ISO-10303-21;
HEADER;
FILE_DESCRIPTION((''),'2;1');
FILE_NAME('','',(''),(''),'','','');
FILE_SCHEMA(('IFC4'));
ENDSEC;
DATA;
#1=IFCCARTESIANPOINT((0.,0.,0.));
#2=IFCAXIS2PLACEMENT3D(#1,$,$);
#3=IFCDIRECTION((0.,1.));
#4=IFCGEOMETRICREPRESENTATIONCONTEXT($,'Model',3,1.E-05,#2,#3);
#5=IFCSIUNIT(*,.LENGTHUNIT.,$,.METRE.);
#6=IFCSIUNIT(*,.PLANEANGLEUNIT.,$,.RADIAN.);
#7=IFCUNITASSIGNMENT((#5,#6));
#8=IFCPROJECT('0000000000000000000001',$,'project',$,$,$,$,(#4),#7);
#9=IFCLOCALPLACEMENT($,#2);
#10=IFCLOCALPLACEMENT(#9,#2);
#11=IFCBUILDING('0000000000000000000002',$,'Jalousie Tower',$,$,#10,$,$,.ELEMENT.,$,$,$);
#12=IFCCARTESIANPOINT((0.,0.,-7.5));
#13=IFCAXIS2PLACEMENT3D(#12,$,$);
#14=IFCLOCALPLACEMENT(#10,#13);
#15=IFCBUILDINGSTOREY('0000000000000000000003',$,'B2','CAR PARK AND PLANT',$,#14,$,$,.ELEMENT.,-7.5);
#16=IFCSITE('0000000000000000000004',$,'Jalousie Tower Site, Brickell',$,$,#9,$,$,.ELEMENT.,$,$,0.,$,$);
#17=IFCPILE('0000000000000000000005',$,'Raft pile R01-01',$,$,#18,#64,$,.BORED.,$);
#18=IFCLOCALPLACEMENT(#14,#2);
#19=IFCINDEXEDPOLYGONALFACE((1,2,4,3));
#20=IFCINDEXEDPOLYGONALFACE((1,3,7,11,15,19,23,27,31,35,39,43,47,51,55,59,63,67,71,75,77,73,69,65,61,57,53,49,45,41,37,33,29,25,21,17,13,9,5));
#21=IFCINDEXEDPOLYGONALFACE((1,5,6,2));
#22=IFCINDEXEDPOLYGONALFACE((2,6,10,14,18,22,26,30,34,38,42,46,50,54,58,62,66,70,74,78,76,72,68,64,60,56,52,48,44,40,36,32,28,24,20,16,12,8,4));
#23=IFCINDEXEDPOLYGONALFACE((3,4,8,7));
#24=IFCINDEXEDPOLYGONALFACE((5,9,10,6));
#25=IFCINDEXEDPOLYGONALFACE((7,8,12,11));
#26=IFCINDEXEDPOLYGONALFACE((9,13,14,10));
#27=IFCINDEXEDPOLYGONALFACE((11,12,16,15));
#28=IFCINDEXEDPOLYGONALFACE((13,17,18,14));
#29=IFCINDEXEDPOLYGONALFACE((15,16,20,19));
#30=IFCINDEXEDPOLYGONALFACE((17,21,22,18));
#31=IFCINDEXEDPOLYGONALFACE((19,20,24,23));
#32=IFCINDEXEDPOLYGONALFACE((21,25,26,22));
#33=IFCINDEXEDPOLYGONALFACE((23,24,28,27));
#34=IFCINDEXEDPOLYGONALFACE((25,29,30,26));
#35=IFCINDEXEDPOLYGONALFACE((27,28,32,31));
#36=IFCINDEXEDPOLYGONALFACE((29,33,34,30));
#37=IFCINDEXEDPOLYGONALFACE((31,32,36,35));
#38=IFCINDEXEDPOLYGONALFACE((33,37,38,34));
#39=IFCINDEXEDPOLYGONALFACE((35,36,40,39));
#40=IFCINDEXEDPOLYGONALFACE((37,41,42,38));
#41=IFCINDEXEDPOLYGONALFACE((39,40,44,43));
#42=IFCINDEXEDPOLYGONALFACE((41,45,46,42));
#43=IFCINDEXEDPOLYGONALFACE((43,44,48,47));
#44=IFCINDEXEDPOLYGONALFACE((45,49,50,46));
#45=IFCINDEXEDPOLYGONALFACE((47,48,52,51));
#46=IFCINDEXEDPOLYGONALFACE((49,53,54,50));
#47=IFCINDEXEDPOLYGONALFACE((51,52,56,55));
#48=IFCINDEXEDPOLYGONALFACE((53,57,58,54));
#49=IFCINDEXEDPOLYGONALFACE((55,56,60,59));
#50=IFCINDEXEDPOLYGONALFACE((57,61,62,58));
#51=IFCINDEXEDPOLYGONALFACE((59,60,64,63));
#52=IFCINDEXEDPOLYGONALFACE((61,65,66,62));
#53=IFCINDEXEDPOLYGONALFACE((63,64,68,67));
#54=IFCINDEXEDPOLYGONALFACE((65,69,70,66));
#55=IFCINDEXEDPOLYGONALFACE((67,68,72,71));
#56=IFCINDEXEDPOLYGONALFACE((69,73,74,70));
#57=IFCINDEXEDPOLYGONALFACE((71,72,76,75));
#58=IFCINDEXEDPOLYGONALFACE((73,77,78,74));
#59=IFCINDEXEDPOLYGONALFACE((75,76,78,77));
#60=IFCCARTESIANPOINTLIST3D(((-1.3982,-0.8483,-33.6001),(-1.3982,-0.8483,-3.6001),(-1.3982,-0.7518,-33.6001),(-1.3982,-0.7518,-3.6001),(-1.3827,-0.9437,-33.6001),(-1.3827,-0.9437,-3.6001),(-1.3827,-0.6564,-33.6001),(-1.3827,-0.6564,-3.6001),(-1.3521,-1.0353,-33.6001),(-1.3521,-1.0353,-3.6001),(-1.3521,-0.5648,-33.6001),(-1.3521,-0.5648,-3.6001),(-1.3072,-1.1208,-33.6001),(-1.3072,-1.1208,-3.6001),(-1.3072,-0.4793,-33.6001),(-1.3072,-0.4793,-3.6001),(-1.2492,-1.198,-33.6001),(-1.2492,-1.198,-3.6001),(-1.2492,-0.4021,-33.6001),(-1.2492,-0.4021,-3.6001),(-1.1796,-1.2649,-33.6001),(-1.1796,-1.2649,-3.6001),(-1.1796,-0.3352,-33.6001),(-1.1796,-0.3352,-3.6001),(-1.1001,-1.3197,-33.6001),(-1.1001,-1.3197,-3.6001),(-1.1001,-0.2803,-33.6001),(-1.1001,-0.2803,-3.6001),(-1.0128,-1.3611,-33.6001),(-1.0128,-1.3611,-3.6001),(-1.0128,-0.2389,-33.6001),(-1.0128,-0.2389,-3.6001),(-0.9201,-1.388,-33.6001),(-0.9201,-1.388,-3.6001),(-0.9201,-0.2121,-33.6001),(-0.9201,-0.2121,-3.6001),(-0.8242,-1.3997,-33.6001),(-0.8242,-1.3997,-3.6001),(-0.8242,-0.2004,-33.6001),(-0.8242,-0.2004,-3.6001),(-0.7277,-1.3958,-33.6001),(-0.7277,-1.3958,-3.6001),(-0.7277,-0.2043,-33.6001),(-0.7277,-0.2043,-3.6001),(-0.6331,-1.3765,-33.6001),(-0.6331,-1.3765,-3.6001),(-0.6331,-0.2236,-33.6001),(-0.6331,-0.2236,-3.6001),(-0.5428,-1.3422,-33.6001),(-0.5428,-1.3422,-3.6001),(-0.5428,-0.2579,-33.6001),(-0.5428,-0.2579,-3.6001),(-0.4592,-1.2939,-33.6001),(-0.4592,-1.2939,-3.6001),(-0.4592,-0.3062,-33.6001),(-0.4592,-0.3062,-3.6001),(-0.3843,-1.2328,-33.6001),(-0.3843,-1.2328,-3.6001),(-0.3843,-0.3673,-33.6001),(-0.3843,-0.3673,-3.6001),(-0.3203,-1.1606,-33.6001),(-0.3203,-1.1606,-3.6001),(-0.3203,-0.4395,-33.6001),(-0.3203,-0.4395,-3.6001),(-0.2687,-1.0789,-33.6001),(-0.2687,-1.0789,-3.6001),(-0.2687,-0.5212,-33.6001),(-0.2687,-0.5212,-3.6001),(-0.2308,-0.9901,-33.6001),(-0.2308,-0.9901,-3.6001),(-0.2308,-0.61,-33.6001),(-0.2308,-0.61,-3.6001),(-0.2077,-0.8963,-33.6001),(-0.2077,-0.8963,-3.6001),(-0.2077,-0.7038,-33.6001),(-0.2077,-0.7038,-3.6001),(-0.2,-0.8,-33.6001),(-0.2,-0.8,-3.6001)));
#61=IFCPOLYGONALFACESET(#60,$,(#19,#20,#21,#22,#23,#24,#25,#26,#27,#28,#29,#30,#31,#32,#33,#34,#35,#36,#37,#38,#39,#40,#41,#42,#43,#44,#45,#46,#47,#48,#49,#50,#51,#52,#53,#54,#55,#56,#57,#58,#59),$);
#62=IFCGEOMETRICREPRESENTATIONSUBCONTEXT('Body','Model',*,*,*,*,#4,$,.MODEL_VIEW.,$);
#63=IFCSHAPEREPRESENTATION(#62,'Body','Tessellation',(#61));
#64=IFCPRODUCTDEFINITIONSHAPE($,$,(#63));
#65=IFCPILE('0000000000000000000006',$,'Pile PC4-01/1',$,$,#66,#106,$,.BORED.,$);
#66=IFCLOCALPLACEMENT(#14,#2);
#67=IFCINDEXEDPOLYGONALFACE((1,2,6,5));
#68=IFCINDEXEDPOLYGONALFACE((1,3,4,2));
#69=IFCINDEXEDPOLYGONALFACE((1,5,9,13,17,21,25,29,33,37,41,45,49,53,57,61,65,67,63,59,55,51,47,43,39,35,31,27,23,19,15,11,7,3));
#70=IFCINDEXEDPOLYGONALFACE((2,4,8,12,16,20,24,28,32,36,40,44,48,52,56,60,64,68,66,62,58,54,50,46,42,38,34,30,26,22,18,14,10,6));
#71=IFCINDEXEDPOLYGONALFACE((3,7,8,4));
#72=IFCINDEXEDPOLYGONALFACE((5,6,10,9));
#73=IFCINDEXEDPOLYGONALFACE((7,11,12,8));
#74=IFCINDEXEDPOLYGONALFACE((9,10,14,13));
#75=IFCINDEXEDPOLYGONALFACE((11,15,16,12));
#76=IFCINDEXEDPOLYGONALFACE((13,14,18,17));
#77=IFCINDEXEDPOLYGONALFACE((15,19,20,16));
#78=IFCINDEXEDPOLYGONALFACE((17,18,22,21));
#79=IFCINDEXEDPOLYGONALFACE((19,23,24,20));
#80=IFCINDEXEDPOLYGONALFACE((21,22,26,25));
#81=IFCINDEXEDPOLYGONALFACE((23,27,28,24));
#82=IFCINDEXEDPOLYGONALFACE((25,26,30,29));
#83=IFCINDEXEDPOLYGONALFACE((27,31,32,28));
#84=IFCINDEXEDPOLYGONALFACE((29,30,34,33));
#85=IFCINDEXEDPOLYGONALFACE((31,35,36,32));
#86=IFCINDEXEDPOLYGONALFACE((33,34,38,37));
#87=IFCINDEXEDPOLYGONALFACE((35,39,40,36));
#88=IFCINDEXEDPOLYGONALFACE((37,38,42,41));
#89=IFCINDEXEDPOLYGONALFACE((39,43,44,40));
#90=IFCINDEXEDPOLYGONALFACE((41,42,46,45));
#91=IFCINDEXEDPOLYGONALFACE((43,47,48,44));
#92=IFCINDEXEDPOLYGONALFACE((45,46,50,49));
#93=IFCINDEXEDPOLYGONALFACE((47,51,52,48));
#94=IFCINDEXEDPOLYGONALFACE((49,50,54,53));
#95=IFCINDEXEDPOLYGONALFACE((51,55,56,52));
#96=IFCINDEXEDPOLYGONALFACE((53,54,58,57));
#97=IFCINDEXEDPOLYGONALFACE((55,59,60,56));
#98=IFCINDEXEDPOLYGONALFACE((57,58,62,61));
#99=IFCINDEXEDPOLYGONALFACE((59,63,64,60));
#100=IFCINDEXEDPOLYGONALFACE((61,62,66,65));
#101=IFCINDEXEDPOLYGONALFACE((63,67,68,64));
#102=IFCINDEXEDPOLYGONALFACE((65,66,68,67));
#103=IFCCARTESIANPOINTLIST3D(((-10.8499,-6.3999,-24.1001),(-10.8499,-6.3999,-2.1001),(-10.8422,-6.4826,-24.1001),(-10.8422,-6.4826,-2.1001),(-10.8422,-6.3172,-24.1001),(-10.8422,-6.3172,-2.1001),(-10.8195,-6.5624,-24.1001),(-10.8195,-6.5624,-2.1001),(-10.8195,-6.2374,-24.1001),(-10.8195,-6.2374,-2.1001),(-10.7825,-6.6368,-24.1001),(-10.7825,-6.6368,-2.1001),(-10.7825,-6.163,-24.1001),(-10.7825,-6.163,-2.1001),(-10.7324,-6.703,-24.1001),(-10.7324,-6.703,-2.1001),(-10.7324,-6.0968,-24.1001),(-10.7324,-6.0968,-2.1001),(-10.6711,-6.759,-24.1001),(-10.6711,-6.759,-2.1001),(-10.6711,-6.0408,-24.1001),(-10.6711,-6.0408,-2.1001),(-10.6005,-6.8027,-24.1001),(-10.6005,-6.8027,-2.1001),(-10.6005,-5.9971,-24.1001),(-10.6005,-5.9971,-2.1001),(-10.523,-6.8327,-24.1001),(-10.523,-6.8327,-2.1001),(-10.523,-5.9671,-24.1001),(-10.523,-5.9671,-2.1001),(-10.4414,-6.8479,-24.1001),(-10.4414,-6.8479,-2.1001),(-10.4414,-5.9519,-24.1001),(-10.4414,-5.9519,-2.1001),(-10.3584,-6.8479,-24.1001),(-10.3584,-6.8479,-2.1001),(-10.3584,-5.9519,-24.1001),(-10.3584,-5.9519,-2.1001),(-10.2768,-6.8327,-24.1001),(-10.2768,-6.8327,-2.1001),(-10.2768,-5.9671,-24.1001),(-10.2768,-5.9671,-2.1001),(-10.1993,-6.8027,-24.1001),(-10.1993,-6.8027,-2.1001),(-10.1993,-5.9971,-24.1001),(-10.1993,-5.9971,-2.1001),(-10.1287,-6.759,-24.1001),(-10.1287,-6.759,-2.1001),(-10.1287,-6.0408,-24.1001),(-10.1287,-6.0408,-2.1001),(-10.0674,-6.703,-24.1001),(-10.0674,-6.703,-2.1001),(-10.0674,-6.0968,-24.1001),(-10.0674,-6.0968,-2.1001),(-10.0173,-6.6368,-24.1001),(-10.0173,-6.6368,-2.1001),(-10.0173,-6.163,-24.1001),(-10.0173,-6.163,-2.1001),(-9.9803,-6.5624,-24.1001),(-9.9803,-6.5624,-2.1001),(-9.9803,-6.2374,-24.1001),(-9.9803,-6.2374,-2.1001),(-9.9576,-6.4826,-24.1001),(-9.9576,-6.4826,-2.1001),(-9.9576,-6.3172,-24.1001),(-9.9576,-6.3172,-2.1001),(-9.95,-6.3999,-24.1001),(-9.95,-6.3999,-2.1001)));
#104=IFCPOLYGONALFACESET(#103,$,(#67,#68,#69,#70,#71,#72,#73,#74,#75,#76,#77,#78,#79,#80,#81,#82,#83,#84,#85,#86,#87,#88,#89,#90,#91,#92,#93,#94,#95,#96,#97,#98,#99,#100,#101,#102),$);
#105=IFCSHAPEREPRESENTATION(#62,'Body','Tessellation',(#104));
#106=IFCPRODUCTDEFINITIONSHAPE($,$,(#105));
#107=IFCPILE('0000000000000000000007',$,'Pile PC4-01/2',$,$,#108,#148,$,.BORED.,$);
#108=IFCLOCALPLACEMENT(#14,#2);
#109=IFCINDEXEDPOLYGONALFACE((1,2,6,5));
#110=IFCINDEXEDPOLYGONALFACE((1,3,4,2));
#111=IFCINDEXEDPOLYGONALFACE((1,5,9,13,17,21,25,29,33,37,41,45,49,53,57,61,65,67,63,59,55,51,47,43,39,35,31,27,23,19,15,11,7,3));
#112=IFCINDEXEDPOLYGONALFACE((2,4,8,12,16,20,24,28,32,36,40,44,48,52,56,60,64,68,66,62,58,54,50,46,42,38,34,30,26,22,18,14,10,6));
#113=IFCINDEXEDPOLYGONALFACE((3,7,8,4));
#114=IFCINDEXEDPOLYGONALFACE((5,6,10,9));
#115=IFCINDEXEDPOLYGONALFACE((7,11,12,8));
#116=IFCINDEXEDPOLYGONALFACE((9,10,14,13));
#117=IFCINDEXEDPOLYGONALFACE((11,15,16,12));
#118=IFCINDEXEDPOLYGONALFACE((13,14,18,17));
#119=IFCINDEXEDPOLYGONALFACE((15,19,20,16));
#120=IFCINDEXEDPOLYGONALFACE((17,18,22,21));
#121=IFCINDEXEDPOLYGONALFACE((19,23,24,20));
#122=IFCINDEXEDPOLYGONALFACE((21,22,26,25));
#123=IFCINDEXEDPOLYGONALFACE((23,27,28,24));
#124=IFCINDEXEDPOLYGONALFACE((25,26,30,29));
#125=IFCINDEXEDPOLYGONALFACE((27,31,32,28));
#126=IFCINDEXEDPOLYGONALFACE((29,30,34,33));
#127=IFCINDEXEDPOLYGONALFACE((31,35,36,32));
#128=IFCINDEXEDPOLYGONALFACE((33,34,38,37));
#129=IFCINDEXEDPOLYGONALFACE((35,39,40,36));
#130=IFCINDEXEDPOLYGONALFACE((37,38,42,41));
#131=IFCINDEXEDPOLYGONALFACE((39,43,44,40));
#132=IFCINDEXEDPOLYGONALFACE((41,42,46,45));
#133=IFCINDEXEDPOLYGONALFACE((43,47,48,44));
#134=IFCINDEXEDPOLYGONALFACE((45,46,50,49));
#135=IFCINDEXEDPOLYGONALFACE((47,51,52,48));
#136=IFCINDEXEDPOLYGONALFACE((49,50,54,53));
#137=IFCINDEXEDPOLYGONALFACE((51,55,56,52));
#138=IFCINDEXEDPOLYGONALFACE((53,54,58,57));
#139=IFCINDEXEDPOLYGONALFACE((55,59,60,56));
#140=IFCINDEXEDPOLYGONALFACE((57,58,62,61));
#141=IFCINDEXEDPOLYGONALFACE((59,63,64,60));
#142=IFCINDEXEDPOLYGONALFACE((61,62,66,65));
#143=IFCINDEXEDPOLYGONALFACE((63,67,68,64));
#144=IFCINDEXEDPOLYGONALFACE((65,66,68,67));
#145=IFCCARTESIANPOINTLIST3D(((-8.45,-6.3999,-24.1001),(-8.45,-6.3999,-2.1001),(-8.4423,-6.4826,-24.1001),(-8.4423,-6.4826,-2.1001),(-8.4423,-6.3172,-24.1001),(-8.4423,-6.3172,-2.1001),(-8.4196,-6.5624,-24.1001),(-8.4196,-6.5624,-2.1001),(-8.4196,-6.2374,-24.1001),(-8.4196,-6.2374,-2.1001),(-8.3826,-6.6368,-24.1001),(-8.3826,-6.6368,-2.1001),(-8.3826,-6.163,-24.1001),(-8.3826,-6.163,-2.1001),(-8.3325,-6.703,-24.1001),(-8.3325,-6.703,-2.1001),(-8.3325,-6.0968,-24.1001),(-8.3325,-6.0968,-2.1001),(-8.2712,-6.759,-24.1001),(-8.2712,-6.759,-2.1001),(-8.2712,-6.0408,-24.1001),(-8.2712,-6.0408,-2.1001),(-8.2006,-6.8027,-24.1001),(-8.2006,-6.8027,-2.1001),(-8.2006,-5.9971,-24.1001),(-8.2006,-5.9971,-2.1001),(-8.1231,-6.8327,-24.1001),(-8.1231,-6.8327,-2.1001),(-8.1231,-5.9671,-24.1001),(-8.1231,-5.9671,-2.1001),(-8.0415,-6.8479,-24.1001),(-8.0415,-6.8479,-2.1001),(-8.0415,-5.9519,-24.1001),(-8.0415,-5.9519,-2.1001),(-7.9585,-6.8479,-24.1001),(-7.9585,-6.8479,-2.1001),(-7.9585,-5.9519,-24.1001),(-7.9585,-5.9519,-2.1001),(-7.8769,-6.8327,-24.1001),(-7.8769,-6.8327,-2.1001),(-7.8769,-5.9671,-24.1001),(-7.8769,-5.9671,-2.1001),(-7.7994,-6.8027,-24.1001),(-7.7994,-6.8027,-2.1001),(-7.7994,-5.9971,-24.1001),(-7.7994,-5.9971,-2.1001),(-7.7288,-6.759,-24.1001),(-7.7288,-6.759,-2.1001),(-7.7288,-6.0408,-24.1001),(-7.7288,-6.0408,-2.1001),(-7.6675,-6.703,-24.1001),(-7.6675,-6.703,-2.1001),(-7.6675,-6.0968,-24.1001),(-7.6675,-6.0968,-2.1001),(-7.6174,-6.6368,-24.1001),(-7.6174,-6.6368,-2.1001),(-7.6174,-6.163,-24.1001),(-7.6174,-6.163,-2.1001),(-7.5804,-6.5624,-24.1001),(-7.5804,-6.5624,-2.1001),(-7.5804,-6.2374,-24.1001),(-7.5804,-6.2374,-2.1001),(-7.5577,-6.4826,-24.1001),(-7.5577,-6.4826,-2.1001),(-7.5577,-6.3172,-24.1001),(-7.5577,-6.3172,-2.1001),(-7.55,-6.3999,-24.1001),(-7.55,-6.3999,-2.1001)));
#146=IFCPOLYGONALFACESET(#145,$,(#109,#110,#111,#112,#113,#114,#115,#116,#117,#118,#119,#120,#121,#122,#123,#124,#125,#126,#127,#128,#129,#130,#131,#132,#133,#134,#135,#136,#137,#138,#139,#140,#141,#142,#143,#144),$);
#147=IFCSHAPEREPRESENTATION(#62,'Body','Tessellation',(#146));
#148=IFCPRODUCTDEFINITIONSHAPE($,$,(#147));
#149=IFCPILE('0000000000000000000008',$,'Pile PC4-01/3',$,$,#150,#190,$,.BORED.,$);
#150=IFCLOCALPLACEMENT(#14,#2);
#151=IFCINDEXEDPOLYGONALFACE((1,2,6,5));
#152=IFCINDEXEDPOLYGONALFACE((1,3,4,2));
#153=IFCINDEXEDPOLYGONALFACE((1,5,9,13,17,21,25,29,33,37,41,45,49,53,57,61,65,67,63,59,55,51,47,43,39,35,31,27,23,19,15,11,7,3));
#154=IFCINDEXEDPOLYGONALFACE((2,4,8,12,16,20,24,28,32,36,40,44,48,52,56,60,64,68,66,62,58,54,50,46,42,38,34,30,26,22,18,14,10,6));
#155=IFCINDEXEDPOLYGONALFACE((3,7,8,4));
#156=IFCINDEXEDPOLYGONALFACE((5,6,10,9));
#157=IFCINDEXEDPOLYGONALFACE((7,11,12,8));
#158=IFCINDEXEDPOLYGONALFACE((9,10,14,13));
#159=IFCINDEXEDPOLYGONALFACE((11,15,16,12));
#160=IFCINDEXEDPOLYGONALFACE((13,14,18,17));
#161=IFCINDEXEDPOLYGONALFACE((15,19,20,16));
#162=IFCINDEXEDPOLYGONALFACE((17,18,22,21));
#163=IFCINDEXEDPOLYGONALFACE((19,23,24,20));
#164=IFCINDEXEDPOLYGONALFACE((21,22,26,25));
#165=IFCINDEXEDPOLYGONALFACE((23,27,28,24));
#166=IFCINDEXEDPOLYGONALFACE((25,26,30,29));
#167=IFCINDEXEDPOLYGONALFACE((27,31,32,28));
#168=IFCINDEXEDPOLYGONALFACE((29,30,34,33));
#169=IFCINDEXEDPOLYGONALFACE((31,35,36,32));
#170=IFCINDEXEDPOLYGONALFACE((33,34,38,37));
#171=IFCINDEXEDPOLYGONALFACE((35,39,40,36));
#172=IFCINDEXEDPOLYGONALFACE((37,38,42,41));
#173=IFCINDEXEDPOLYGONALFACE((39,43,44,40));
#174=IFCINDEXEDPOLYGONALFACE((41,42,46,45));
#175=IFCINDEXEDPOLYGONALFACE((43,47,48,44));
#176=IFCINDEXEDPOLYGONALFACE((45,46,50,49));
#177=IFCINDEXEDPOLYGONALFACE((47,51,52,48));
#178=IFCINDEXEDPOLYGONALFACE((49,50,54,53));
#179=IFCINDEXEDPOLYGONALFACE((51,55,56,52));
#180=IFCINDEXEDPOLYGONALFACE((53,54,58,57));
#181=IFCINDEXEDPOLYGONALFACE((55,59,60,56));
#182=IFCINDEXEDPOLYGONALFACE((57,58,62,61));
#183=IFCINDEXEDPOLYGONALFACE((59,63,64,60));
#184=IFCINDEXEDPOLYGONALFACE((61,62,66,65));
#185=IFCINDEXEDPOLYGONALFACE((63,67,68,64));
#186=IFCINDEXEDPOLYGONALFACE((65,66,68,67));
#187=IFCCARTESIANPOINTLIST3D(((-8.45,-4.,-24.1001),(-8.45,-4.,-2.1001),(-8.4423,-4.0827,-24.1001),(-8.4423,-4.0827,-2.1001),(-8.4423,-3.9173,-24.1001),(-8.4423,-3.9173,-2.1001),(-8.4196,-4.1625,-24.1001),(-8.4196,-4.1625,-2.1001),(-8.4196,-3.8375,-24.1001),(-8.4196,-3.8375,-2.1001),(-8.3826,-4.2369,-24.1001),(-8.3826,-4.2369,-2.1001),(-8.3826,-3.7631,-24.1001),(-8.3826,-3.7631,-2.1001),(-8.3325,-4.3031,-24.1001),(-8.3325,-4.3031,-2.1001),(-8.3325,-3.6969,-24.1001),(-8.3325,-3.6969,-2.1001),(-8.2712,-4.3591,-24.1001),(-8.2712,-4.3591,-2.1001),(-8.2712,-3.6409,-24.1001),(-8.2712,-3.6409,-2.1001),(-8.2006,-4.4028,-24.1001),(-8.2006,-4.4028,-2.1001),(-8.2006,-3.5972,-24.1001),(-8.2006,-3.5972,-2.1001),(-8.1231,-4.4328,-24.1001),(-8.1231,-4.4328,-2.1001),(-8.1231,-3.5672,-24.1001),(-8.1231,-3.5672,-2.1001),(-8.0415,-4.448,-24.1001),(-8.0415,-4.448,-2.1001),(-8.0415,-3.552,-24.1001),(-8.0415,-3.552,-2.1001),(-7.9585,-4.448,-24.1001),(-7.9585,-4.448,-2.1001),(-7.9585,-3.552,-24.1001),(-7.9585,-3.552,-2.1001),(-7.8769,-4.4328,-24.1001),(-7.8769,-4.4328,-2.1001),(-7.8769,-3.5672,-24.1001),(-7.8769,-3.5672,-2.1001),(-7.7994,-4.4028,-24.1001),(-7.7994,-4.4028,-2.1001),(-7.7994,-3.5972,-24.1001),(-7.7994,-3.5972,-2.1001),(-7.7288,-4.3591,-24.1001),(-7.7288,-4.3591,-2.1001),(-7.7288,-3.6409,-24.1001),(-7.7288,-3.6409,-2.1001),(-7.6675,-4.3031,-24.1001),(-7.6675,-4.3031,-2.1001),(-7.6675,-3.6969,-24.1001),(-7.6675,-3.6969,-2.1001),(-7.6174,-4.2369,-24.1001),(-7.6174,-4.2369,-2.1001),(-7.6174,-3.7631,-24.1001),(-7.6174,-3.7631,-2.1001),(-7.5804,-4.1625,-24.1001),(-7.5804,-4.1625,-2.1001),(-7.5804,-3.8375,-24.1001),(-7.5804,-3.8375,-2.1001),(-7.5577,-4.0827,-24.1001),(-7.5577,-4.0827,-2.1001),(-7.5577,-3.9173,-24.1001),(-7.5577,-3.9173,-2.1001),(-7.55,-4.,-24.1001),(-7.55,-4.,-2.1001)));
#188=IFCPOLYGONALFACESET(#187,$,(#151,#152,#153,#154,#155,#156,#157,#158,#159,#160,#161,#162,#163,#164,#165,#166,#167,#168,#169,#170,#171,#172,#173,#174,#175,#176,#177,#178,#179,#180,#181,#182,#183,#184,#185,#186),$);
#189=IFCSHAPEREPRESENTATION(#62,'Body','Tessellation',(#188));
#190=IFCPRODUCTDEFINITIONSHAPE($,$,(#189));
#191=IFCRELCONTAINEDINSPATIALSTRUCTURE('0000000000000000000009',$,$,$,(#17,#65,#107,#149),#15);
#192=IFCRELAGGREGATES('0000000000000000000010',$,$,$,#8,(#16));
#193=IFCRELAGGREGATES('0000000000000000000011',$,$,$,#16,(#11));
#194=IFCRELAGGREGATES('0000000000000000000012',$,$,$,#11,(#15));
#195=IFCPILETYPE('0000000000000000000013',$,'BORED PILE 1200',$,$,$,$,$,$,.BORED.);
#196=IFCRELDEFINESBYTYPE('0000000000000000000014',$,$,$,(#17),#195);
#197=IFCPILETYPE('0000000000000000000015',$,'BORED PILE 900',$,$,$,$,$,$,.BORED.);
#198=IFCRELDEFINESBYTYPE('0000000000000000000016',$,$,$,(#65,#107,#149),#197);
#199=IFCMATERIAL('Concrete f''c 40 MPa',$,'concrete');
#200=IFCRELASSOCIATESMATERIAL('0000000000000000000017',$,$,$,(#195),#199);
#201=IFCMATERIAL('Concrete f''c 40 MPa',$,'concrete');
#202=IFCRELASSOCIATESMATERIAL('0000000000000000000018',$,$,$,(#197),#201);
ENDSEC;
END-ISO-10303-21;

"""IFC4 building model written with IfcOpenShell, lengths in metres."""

from ifc_helpers import new_model, si_unit, direction, frame, origin, origin_2d, place, context, subcontext, project, spatial, circle, extrude, material, material_profile, profile_set, type_object, element, save


model = new_model("IFC4")

# Units and contexts
model_context = context("Model", 3, precision=1e-05, world=origin(), true_north=direction((0.0, 1.0)))
body_context = subcontext(model_context, "Body", "Model", "MODEL_VIEW")
ifc_project = project(units=[si_unit("LENGTHUNIT", "METRE"), si_unit("PLANEANGLEUNIT", "RADIAN")], contexts=[model_context])

# Site, building, storey
site_placement = place(None, origin())
site = spatial("IfcSite", under=ifc_project, at=site_placement, Name="Jalousie Tower Site, Brickell", CompositionType="ELEMENT", RefElevation=0.0)
building_placement = place(site_placement, origin())
building = spatial("IfcBuilding", under=site, at=building_placement, Name="Jalousie Tower", CompositionType="ELEMENT")
storey_placement = place(building_placement, frame((0.0, 0.0, -7.5)))
storey = spatial("IfcBuildingStorey", under=building, at=storey_placement, Name="B2", Description="CAR PARK AND PLANT", CompositionType="ELEMENT", Elevation=-7.5)

# Piles
ifc_material_1 = material(Name="Concrete f'c 40 MPa", Category="concrete")
ifc_material_profile_1 = material_profile(ifc_material_1, circle(Radius=0.6001, at=origin_2d()), Name="BORED PILE D1200")
ifc_profile_set_1 = profile_set([ifc_material_profile_1], Name="Concrete f'c 40 MPa")
pile_type_1 = type_object("IfcPileType", Name="BORED PILE 1200", PredefinedType="BORED", material=ifc_profile_set_1)
pile_placement = place(storey_placement, frame((-0.8, -0.8, -3.6001), z_axis=(0.0, 0.0, -1.0), x_axis=(1.0, 0.0, 0.0)))
element("IfcPile", 1, at=pile_placement, inside=storey, type_object=pile_type_1, Name="Raft pile R01-01", PredefinedType="BORED", context=body_context, shape_type="SweptSolid", body=[
    extrude(circle(Radius=0.6001, at=origin_2d()), origin(), (0.0, 0.0, 1.0), 30.0),
])
ifc_material_2 = material(Name="Concrete f'c 40 MPa", Category="concrete")
ifc_material_profile_2 = material_profile(ifc_material_2, circle(Radius=0.45, at=origin_2d()), Name="BORED PILE D900")
ifc_profile_set_2 = profile_set([ifc_material_profile_2], Name="Concrete f'c 40 MPa")
pile_type_2 = type_object("IfcPileType", Name="BORED PILE 900", PredefinedType="BORED", material=ifc_profile_set_2)
for number, where, z_axis, x_axis, name in (
    (2, (-10.3999, -6.3999, -2.1001), (0.0, 0.0, -1.0), (1.0, 0.0, 0.0), "Pile PC4-01/1"),
    (3, (-8.0, -6.3999, -2.1001), (0.0, 0.0, -1.0), (1.0, 0.0, 0.0), "Pile PC4-01/2"),
    (4, (-8.0, -4.0, -2.1001), (0.0, 0.0, -1.0), (1.0, 0.0, 0.0), "Pile PC4-01/3"),
):
    element("IfcPile", number, at=place(storey_placement, frame(where, z_axis=z_axis, x_axis=x_axis)), inside=storey, type_object=pile_type_2, Name=name, PredefinedType="BORED", context=body_context, shape_type="SweptSolid", body=[
        extrude(circle(Radius=0.45, at=origin_2d()), origin(), (0.0, 0.0, 1.0), 22.0),
    ])

save(model, "model.ifc")
